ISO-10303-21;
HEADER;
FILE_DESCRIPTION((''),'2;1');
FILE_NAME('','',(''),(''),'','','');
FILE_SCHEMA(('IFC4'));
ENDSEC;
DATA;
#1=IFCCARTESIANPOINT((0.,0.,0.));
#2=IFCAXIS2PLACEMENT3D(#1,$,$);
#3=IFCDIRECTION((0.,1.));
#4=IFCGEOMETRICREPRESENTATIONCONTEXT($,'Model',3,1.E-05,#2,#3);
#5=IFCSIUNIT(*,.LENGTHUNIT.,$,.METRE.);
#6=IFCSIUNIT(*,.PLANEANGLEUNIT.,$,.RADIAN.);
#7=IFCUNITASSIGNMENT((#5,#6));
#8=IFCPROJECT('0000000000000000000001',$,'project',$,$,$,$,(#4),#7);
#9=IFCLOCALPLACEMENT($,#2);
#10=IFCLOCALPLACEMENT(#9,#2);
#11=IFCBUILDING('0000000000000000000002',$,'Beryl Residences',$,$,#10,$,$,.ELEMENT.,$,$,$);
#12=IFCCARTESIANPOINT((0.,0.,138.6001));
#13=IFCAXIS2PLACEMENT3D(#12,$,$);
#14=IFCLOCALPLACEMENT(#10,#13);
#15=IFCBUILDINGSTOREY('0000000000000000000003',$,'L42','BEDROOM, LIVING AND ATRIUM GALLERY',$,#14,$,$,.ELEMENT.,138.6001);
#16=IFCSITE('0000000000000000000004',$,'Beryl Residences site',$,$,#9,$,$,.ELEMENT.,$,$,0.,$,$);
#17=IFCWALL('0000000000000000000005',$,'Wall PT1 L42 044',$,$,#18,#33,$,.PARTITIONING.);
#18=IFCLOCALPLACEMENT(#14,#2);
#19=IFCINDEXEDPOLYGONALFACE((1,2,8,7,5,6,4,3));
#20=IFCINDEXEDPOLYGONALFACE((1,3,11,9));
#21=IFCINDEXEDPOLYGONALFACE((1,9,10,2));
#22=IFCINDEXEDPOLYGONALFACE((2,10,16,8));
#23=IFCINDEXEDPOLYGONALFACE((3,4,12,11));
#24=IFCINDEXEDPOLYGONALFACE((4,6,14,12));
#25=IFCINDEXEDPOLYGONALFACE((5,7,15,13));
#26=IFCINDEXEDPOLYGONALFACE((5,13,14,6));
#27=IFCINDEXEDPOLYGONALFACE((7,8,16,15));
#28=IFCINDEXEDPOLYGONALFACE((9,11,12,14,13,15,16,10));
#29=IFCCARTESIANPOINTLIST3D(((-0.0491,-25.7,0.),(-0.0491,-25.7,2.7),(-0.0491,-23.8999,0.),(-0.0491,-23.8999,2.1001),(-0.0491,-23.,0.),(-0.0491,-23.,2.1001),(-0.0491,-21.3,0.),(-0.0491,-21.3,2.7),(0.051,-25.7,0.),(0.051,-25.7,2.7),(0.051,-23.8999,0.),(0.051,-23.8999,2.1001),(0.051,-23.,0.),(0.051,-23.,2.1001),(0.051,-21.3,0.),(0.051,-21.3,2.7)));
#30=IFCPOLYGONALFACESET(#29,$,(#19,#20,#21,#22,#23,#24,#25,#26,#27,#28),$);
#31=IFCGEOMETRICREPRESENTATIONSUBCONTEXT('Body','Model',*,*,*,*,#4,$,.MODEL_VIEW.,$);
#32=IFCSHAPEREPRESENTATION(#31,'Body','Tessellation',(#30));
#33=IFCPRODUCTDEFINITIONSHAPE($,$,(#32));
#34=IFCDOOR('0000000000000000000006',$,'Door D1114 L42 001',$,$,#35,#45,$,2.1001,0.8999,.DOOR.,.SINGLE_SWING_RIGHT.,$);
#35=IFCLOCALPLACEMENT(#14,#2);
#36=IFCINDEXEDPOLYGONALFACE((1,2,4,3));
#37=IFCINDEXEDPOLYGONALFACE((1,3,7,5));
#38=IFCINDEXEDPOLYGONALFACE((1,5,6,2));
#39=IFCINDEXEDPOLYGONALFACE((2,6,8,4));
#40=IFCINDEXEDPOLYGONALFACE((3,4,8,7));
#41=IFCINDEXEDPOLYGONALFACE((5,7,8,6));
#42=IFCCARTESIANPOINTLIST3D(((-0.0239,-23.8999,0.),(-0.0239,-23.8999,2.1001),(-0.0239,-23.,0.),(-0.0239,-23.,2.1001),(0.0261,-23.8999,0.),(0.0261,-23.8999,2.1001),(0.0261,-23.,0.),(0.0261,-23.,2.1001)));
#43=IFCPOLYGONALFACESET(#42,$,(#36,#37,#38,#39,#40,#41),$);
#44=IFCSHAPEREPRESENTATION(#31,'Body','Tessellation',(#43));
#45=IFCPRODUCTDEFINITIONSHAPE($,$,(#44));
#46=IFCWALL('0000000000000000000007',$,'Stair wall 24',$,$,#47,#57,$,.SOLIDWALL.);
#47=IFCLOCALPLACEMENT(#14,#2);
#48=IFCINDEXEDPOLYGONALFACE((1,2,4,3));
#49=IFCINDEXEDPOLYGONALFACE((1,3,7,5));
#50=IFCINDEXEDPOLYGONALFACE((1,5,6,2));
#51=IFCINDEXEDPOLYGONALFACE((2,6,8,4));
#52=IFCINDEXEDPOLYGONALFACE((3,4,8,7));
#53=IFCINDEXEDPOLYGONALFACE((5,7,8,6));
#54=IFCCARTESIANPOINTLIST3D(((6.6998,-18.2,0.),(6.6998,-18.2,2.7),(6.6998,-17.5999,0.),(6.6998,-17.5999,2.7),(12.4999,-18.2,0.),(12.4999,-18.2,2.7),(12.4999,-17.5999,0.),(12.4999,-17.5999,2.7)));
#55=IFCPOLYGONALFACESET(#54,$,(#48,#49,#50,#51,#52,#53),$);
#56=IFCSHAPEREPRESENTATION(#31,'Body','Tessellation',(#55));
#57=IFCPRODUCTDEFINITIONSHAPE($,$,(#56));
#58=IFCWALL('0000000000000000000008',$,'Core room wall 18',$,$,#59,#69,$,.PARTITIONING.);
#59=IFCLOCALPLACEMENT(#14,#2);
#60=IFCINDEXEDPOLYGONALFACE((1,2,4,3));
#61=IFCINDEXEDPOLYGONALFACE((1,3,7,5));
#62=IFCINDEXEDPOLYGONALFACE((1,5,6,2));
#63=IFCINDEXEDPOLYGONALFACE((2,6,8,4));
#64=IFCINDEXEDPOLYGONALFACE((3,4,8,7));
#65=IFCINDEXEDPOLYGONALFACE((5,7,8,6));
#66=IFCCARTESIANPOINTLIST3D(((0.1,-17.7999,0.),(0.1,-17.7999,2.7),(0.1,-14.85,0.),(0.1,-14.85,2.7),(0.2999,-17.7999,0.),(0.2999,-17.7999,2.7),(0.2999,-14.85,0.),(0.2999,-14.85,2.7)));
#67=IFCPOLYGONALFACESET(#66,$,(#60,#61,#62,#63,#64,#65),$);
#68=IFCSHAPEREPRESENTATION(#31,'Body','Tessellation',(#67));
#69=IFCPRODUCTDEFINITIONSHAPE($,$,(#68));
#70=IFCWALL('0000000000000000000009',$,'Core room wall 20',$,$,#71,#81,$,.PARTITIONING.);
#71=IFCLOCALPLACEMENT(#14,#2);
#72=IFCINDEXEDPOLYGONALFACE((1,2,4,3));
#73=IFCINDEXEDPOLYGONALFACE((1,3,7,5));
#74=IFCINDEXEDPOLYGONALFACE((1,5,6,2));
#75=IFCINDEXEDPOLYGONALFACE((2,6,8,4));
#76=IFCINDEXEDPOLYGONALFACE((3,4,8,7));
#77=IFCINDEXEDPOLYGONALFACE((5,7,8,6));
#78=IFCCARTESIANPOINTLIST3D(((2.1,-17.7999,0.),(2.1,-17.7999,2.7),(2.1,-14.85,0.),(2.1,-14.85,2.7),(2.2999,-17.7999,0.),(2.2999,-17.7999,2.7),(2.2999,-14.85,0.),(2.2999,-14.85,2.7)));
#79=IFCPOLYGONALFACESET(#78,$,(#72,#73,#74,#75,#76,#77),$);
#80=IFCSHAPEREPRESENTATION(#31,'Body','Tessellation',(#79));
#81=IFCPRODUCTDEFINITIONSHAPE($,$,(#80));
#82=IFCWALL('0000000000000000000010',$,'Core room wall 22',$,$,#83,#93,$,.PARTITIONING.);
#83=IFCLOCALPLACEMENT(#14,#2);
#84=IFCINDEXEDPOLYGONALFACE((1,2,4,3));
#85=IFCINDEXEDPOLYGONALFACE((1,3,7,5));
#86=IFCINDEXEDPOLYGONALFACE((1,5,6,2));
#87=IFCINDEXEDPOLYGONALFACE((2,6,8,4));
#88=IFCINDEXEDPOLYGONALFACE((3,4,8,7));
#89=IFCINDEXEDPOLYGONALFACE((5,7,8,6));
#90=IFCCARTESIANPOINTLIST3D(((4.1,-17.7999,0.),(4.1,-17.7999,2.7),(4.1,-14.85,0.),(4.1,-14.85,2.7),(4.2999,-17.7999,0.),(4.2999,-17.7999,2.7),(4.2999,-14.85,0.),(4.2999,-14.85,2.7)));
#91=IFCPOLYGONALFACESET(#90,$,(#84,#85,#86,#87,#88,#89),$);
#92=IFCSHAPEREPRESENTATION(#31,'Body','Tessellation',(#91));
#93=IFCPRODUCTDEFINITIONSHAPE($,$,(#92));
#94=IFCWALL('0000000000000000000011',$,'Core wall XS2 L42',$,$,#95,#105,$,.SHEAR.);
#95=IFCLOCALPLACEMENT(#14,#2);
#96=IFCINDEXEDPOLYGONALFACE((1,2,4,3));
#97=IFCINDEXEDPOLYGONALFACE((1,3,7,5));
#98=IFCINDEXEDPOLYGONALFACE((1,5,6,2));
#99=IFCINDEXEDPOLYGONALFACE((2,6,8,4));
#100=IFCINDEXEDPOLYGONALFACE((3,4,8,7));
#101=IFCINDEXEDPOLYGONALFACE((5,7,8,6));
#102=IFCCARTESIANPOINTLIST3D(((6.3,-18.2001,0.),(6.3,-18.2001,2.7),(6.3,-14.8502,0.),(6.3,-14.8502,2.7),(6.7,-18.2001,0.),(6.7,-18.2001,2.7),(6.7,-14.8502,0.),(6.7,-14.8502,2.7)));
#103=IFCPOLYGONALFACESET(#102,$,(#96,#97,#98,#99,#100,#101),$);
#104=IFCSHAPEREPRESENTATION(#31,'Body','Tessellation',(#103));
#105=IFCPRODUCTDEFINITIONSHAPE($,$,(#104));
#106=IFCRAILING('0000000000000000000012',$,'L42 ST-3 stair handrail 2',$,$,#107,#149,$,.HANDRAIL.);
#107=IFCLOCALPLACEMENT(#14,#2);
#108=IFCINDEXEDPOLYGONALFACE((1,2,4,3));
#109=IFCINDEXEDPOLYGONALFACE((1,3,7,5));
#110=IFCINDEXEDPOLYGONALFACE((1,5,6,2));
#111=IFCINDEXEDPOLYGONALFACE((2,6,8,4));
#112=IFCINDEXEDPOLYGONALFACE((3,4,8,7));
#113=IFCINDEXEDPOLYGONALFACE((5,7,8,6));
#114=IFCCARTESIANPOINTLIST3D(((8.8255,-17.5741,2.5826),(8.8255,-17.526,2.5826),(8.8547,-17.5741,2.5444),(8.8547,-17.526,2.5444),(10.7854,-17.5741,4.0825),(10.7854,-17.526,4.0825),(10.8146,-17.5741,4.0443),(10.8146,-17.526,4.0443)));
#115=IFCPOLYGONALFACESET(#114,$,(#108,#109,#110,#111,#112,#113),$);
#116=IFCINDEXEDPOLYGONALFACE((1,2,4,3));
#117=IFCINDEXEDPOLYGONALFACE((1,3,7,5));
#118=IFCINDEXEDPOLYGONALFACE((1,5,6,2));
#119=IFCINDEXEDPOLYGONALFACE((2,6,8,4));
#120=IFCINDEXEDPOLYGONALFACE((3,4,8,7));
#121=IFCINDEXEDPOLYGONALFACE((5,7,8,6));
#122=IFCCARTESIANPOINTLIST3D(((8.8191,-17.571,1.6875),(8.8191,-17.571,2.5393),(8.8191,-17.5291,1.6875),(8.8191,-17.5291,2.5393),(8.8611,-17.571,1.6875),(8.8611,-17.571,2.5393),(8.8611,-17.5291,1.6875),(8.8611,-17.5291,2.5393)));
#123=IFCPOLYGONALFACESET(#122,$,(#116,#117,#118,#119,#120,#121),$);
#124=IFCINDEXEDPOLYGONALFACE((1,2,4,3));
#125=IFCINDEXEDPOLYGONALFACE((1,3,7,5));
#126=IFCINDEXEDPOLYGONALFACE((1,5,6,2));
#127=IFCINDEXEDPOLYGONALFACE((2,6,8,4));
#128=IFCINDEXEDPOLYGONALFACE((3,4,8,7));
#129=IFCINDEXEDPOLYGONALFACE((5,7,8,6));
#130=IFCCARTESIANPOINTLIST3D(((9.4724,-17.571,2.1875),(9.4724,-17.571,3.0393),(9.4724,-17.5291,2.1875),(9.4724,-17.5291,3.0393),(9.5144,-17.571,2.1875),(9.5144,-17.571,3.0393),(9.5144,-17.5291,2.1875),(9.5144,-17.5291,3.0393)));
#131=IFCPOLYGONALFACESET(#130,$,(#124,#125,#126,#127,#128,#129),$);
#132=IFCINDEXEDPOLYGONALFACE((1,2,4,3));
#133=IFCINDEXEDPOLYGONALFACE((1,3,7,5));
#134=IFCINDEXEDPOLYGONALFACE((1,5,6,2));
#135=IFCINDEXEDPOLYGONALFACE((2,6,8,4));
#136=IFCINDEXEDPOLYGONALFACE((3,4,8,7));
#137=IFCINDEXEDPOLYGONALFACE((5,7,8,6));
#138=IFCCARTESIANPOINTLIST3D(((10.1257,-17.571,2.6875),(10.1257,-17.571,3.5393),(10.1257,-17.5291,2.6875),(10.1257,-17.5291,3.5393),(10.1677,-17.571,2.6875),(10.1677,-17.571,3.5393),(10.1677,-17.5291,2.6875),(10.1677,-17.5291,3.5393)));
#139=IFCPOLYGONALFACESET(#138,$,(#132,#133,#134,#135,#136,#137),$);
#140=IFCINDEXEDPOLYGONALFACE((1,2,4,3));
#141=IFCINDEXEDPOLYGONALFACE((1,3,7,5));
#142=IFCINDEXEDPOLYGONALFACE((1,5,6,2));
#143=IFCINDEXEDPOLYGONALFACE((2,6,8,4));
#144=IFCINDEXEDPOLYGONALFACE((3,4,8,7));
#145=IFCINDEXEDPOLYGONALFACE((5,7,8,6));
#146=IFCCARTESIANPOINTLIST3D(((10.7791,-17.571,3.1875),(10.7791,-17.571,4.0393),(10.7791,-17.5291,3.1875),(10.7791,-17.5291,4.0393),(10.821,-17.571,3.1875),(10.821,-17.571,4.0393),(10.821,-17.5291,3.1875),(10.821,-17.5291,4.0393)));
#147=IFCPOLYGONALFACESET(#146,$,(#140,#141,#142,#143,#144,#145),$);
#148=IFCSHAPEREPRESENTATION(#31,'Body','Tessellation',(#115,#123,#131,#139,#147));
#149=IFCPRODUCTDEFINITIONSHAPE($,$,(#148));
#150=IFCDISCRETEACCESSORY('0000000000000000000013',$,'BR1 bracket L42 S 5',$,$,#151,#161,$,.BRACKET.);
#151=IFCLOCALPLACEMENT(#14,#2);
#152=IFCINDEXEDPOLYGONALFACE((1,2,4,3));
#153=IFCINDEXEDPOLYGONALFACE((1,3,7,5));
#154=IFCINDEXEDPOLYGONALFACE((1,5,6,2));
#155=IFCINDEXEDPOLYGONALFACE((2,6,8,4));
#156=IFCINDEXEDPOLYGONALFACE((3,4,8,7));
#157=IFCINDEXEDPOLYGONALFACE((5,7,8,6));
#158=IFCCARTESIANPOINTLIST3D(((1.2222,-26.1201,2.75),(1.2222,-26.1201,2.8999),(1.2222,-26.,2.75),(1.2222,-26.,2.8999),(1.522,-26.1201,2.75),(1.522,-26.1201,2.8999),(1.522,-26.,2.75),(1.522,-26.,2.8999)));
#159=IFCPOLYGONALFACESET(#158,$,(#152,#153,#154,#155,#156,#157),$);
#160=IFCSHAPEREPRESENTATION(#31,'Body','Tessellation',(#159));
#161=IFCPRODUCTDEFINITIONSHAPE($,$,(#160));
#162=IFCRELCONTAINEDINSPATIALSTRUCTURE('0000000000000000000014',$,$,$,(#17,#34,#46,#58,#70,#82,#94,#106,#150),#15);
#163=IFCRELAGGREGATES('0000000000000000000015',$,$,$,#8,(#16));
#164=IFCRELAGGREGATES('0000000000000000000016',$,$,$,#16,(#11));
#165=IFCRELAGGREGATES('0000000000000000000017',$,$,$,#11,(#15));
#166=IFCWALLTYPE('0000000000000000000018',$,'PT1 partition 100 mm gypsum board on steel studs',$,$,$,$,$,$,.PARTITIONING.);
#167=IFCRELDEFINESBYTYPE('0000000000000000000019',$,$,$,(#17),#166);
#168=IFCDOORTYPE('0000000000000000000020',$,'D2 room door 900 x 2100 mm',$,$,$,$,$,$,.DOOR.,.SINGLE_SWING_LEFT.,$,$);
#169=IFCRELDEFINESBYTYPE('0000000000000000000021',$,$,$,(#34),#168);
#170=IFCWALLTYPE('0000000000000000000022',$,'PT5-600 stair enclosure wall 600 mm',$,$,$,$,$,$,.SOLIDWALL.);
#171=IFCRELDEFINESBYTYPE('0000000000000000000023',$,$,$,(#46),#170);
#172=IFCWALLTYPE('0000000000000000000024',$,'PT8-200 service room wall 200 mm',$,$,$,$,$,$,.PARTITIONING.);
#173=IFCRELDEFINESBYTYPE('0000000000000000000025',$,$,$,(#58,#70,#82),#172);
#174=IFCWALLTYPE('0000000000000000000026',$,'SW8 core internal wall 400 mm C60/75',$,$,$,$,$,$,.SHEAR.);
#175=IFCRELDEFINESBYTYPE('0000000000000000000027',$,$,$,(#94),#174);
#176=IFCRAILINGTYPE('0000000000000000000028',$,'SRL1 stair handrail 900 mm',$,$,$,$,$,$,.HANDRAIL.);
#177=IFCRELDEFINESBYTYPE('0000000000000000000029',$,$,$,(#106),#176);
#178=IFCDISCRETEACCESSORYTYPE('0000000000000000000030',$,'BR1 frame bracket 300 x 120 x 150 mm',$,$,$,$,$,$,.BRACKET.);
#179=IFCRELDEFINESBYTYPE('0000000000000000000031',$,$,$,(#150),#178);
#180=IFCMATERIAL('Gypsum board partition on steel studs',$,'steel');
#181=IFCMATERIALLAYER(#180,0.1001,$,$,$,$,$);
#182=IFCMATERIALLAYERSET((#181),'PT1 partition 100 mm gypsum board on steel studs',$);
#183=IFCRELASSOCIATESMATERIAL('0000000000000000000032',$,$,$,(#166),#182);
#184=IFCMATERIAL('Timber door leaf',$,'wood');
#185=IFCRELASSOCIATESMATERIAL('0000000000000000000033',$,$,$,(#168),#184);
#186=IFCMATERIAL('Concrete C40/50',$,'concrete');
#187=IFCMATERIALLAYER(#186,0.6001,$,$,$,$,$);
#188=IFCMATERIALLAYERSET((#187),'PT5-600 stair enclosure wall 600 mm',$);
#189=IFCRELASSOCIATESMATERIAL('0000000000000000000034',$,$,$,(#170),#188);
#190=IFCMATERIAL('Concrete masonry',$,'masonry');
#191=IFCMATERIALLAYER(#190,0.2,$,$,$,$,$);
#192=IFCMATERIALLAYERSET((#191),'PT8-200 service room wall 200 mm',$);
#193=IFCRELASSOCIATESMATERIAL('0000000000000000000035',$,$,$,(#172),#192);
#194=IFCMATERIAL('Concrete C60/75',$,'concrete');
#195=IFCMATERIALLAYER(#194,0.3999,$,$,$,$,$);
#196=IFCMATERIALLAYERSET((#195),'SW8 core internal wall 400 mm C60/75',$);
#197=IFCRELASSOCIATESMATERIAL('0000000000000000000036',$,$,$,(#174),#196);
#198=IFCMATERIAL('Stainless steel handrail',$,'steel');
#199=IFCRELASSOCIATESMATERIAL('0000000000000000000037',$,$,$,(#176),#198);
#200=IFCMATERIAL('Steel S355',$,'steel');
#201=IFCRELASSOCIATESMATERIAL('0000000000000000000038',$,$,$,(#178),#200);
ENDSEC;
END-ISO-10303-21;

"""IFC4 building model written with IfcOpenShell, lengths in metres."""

from ifc_helpers import new_model, si_unit, direction, frame, frame_2d, origin, origin_2d, place, context, subcontext, project, spatial, polyline, rectangle, outline, extrude, source, transform, mapped, material, layer, layer_set, type_object, type_shapes, element, fill, save


model = new_model("IFC4")

# Units and contexts
model_context = context("Model", 3, precision=1e-05, world=origin(), true_north=direction((0.0, 1.0)))
body_context = subcontext(model_context, "Body", "Model", "MODEL_VIEW")
ifc_project = project(units=[si_unit("LENGTHUNIT", "METRE"), si_unit("PLANEANGLEUNIT", "RADIAN")], contexts=[model_context])

# Site, building, storey
site_placement = place(None, origin())
site = spatial("IfcSite", under=ifc_project, at=site_placement, Name="Beryl Residences site", CompositionType="ELEMENT", RefElevation=0.0)
building_placement = place(site_placement, origin())
building = spatial("IfcBuilding", under=site, at=building_placement, Name="Beryl Residences", CompositionType="ELEMENT")
storey_placement = place(building_placement, frame((0.0, 0.0, 138.6001)))
storey = spatial("IfcBuildingStorey", under=building, at=storey_placement, Name="L42", Description="BEDROOM, LIVING AND ATRIUM GALLERY", CompositionType="ELEMENT", Elevation=138.6001)

# Shared definitions
ifc_material_1 = material(Name="Gypsum board partition on steel studs", Category="steel")
ifc_layer_1 = layer(ifc_material_1, 0.1001)
ifc_layer_set_1 = layer_set([ifc_layer_1], Name="PT1 partition 100 mm gypsum board on steel studs")
wall_type_1 = type_object("IfcWallType", Name="PT1 partition 100 mm gypsum board on steel studs", PredefinedType="PARTITIONING", material=ifc_layer_set_1)
ifc_material_2 = material(Name="Timber door leaf", Category="wood")
door_type_1 = type_object("IfcDoorType", Name="D2 room door 900 x 2100 mm", OperationType="SINGLE_SWING_LEFT", PredefinedType="DOOR", material=ifc_material_2)

# Wall, opening, door
wall_1_placement = place(storey_placement, frame((0.001, -25.7, 0.0), z_axis=(0.0, 0.0, 1.0), x_axis=(0.0, 1.0, 0.0)))
wall_1 = element("IfcWall", 1, at=wall_1_placement, inside=storey, type_object=wall_type_1, Name="Wall PT1 L42 044", PredefinedType="PARTITIONING", context=body_context, shape_type="SweptSolid", body=[
    extrude(rectangle(XDim=4.3999, YDim=0.1001, at=frame_2d((2.2, 0.0))), origin(), (0.0, 0.0, 1.0), 2.7),
])
opening_1_placement = place(wall_1_placement, frame((1.8, 0.0, 0.0)))
opening_1 = element("IfcOpeningElement", 2, at=opening_1_placement, cuts=wall_1, PredefinedType="OPENING", context=body_context, shape_type="SweptSolid", body=[
    extrude(rectangle(XDim=0.8999, YDim=2.1001, at=frame_2d((0.45, 1.05))), frame((0.0, 0.0601, 0.0), z_axis=(0.0, -1.0, 0.0), x_axis=(1.0, 0.0, 0.0)), (0.0, 0.0, 1.0), 0.1201),
])
door_1_placement = place(opening_1_placement, origin())
door_1 = element("IfcDoor", 3, at=door_1_placement, inside=storey, type_object=door_type_1, Name="Door D1114 L42 001", OperationType="SINGLE_SWING_RIGHT", OverallHeight=2.1001, OverallWidth=0.8999, PredefinedType="DOOR", context=body_context, shape_type="SweptSolid", body=[
    extrude(rectangle(XDim=0.8999, YDim=2.1001, at=frame_2d((0.45, 1.05))), frame((0.0, 0.0249, 0.0), z_axis=(0.0, -1.0, 0.0), x_axis=(1.0, 0.0, 0.0)), (0.0, 0.0, 1.0), 0.05),
])
fill(opening_1, door_1)

# Walls
ifc_material_3 = material(Name="Concrete C40/50", Category="concrete")
ifc_layer_2 = layer(ifc_material_3, 0.6001)
ifc_layer_set_2 = layer_set([ifc_layer_2], Name="PT5-600 stair enclosure wall 600 mm")
wall_type_2 = type_object("IfcWallType", Name="PT5-600 stair enclosure wall 600 mm", PredefinedType="SOLIDWALL", material=ifc_layer_set_2)
wall_2_placement = place(storey_placement, frame((6.7, -17.8999, 0.0), z_axis=(0.0, 0.0, 1.0), x_axis=(1.0, 0.0, 0.0)))
element("IfcWall", 4, at=wall_2_placement, inside=storey, type_object=wall_type_2, Name="Stair wall 24", PredefinedType="SOLIDWALL", context=body_context, shape_type="SweptSolid", body=[
    extrude(rectangle(XDim=5.8, YDim=0.6001, at=frame_2d((2.8999, 0.0))), origin(), (0.0, 0.0, 1.0), 2.7),
])
ifc_material_4 = material(Name="Concrete masonry", Category="masonry")
ifc_layer_3 = layer(ifc_material_4, 0.2)
ifc_layer_set_3 = layer_set([ifc_layer_3], Name="PT8-200 service room wall 200 mm")
wall_type_3 = type_object("IfcWallType", Name="PT8-200 service room wall 200 mm", PredefinedType="PARTITIONING", material=ifc_layer_set_3)
for number, where, z_axis, x_axis, name in (
    (5, (0.2, -17.8, 0.0), (0.0, 0.0, 1.0), (0.0, 1.0, 0.0), "Core room wall 18"),
    (6, (2.2, -17.8, 0.0), (0.0, 0.0, 1.0), (0.0, 1.0, 0.0), "Core room wall 20"),
    (7, (4.2, -17.8, 0.0), (0.0, 0.0, 1.0), (0.0, 1.0, 0.0), "Core room wall 22"),
):
    element("IfcWall", number, at=place(storey_placement, frame(where, z_axis=z_axis, x_axis=x_axis)), inside=storey, type_object=wall_type_3, Name=name, PredefinedType="PARTITIONING", context=body_context, shape_type="SweptSolid", body=[
        extrude(rectangle(XDim=2.95, YDim=0.2, at=frame_2d((1.4751, 0.0))), origin(), (0.0, 0.0, 1.0), 2.7),
    ])
ifc_material_5 = material(Name="Concrete C60/75", Category="concrete")
ifc_layer_4 = layer(ifc_material_5, 0.3999)
ifc_layer_set_4 = layer_set([ifc_layer_4], Name="SW8 core internal wall 400 mm C60/75")
wall_type_4 = type_object("IfcWallType", Name="SW8 core internal wall 400 mm C60/75", PredefinedType="SHEAR", material=ifc_layer_set_4)
wall_3_placement = place(storey_placement, frame((6.5, -18.2, 0.0), z_axis=(0.0, 0.0, 1.0), x_axis=(0.0, 1.0, 0.0)))
element("IfcWall", 8, at=wall_3_placement, inside=storey, type_object=wall_type_4, Name="Core wall XS2 L42", PredefinedType="SHEAR", context=body_context, shape_type="SweptSolid", body=[
    extrude(rectangle(XDim=3.3499, YDim=0.3999, at=frame_2d((1.6748, 0.0))), origin(), (0.0, 0.0, 1.0), 2.7),
])

# Railing
ifc_material_6 = material(Name="Stainless steel handrail", Category="steel")
railing_type = type_object("IfcRailingType", Name="SRL1 stair handrail 900 mm", PredefinedType="HANDRAIL", material=ifc_material_6)
railing_placement = place(storey_placement, frame((8.8401, -17.55, 1.6875)))
element("IfcRailing", 9, at=railing_placement, inside=storey, type_object=railing_type, Name="L42 ST-3 stair handrail 2", PredefinedType="HANDRAIL", context=body_context, shape_type="SweptSolid", body=[
    extrude(rectangle(XDim=0.0481, YDim=0.0481, at=origin_2d()), frame((0.0, 0.0, 0.876), z_axis=(0.794122, 0.0, 0.607758), x_axis=(0.0, 1.0, 0.0)), (0.0, 0.0, 1.0), 2.468),
    extrude(rectangle(XDim=0.042, YDim=0.042, at=origin_2d()), origin(), (0.0, 0.0, 1.0), 0.8518),
    extrude(rectangle(XDim=0.042, YDim=0.042, at=origin_2d()), frame((0.6533, 0.0, 0.5)), (0.0, 0.0, 1.0), 0.8518),
    extrude(rectangle(XDim=0.042, YDim=0.042, at=origin_2d()), frame((1.3066, 0.0, 1.0)), (0.0, 0.0, 1.0), 0.8518),
    extrude(rectangle(XDim=0.042, YDim=0.042, at=origin_2d()), frame((1.96, 0.0, 1.5)), (0.0, 0.0, 1.0), 0.8518),
])

# Discrete accessory
ifc_material_7 = material(Name="Steel S355", Category="steel")
discrete_accessory_type = type_object("IfcDiscreteAccessoryType", Name="BR1 frame bracket 300 x 120 x 150 mm", PredefinedType="BRACKET", material=ifc_material_7)
shared_shape_1 = source(origin(), body_context, "Body", "SweptSolid", [
    extrude(outline(polyline([(-0.1499, 0.0), (0.1499, 0.0), (0.1499, 0.1201), (-0.1499, 0.1201), (-0.1499, 0.0)])), origin(), (0.0, 0.0, 1.0), 0.1499),
])
type_shapes(discrete_accessory_type, [shared_shape_1])
discrete_accessory_placement = place(storey_placement, frame((1.3721, -26.0, 2.75), z_axis=(0.0, 0.0, 1.0), x_axis=(-1.0, 0.0, 0.0)))
element("IfcDiscreteAccessory", 10, at=discrete_accessory_placement, inside=storey, type_object=discrete_accessory_type, Name="BR1 bracket L42 S 5", PredefinedType="BRACKET", context=body_context, shape_type="MappedRepresentation", body=[
    mapped(shared_shape_1, transform((0.0, 0.0, 0.0))),
])

save(model, "model.ifc")
